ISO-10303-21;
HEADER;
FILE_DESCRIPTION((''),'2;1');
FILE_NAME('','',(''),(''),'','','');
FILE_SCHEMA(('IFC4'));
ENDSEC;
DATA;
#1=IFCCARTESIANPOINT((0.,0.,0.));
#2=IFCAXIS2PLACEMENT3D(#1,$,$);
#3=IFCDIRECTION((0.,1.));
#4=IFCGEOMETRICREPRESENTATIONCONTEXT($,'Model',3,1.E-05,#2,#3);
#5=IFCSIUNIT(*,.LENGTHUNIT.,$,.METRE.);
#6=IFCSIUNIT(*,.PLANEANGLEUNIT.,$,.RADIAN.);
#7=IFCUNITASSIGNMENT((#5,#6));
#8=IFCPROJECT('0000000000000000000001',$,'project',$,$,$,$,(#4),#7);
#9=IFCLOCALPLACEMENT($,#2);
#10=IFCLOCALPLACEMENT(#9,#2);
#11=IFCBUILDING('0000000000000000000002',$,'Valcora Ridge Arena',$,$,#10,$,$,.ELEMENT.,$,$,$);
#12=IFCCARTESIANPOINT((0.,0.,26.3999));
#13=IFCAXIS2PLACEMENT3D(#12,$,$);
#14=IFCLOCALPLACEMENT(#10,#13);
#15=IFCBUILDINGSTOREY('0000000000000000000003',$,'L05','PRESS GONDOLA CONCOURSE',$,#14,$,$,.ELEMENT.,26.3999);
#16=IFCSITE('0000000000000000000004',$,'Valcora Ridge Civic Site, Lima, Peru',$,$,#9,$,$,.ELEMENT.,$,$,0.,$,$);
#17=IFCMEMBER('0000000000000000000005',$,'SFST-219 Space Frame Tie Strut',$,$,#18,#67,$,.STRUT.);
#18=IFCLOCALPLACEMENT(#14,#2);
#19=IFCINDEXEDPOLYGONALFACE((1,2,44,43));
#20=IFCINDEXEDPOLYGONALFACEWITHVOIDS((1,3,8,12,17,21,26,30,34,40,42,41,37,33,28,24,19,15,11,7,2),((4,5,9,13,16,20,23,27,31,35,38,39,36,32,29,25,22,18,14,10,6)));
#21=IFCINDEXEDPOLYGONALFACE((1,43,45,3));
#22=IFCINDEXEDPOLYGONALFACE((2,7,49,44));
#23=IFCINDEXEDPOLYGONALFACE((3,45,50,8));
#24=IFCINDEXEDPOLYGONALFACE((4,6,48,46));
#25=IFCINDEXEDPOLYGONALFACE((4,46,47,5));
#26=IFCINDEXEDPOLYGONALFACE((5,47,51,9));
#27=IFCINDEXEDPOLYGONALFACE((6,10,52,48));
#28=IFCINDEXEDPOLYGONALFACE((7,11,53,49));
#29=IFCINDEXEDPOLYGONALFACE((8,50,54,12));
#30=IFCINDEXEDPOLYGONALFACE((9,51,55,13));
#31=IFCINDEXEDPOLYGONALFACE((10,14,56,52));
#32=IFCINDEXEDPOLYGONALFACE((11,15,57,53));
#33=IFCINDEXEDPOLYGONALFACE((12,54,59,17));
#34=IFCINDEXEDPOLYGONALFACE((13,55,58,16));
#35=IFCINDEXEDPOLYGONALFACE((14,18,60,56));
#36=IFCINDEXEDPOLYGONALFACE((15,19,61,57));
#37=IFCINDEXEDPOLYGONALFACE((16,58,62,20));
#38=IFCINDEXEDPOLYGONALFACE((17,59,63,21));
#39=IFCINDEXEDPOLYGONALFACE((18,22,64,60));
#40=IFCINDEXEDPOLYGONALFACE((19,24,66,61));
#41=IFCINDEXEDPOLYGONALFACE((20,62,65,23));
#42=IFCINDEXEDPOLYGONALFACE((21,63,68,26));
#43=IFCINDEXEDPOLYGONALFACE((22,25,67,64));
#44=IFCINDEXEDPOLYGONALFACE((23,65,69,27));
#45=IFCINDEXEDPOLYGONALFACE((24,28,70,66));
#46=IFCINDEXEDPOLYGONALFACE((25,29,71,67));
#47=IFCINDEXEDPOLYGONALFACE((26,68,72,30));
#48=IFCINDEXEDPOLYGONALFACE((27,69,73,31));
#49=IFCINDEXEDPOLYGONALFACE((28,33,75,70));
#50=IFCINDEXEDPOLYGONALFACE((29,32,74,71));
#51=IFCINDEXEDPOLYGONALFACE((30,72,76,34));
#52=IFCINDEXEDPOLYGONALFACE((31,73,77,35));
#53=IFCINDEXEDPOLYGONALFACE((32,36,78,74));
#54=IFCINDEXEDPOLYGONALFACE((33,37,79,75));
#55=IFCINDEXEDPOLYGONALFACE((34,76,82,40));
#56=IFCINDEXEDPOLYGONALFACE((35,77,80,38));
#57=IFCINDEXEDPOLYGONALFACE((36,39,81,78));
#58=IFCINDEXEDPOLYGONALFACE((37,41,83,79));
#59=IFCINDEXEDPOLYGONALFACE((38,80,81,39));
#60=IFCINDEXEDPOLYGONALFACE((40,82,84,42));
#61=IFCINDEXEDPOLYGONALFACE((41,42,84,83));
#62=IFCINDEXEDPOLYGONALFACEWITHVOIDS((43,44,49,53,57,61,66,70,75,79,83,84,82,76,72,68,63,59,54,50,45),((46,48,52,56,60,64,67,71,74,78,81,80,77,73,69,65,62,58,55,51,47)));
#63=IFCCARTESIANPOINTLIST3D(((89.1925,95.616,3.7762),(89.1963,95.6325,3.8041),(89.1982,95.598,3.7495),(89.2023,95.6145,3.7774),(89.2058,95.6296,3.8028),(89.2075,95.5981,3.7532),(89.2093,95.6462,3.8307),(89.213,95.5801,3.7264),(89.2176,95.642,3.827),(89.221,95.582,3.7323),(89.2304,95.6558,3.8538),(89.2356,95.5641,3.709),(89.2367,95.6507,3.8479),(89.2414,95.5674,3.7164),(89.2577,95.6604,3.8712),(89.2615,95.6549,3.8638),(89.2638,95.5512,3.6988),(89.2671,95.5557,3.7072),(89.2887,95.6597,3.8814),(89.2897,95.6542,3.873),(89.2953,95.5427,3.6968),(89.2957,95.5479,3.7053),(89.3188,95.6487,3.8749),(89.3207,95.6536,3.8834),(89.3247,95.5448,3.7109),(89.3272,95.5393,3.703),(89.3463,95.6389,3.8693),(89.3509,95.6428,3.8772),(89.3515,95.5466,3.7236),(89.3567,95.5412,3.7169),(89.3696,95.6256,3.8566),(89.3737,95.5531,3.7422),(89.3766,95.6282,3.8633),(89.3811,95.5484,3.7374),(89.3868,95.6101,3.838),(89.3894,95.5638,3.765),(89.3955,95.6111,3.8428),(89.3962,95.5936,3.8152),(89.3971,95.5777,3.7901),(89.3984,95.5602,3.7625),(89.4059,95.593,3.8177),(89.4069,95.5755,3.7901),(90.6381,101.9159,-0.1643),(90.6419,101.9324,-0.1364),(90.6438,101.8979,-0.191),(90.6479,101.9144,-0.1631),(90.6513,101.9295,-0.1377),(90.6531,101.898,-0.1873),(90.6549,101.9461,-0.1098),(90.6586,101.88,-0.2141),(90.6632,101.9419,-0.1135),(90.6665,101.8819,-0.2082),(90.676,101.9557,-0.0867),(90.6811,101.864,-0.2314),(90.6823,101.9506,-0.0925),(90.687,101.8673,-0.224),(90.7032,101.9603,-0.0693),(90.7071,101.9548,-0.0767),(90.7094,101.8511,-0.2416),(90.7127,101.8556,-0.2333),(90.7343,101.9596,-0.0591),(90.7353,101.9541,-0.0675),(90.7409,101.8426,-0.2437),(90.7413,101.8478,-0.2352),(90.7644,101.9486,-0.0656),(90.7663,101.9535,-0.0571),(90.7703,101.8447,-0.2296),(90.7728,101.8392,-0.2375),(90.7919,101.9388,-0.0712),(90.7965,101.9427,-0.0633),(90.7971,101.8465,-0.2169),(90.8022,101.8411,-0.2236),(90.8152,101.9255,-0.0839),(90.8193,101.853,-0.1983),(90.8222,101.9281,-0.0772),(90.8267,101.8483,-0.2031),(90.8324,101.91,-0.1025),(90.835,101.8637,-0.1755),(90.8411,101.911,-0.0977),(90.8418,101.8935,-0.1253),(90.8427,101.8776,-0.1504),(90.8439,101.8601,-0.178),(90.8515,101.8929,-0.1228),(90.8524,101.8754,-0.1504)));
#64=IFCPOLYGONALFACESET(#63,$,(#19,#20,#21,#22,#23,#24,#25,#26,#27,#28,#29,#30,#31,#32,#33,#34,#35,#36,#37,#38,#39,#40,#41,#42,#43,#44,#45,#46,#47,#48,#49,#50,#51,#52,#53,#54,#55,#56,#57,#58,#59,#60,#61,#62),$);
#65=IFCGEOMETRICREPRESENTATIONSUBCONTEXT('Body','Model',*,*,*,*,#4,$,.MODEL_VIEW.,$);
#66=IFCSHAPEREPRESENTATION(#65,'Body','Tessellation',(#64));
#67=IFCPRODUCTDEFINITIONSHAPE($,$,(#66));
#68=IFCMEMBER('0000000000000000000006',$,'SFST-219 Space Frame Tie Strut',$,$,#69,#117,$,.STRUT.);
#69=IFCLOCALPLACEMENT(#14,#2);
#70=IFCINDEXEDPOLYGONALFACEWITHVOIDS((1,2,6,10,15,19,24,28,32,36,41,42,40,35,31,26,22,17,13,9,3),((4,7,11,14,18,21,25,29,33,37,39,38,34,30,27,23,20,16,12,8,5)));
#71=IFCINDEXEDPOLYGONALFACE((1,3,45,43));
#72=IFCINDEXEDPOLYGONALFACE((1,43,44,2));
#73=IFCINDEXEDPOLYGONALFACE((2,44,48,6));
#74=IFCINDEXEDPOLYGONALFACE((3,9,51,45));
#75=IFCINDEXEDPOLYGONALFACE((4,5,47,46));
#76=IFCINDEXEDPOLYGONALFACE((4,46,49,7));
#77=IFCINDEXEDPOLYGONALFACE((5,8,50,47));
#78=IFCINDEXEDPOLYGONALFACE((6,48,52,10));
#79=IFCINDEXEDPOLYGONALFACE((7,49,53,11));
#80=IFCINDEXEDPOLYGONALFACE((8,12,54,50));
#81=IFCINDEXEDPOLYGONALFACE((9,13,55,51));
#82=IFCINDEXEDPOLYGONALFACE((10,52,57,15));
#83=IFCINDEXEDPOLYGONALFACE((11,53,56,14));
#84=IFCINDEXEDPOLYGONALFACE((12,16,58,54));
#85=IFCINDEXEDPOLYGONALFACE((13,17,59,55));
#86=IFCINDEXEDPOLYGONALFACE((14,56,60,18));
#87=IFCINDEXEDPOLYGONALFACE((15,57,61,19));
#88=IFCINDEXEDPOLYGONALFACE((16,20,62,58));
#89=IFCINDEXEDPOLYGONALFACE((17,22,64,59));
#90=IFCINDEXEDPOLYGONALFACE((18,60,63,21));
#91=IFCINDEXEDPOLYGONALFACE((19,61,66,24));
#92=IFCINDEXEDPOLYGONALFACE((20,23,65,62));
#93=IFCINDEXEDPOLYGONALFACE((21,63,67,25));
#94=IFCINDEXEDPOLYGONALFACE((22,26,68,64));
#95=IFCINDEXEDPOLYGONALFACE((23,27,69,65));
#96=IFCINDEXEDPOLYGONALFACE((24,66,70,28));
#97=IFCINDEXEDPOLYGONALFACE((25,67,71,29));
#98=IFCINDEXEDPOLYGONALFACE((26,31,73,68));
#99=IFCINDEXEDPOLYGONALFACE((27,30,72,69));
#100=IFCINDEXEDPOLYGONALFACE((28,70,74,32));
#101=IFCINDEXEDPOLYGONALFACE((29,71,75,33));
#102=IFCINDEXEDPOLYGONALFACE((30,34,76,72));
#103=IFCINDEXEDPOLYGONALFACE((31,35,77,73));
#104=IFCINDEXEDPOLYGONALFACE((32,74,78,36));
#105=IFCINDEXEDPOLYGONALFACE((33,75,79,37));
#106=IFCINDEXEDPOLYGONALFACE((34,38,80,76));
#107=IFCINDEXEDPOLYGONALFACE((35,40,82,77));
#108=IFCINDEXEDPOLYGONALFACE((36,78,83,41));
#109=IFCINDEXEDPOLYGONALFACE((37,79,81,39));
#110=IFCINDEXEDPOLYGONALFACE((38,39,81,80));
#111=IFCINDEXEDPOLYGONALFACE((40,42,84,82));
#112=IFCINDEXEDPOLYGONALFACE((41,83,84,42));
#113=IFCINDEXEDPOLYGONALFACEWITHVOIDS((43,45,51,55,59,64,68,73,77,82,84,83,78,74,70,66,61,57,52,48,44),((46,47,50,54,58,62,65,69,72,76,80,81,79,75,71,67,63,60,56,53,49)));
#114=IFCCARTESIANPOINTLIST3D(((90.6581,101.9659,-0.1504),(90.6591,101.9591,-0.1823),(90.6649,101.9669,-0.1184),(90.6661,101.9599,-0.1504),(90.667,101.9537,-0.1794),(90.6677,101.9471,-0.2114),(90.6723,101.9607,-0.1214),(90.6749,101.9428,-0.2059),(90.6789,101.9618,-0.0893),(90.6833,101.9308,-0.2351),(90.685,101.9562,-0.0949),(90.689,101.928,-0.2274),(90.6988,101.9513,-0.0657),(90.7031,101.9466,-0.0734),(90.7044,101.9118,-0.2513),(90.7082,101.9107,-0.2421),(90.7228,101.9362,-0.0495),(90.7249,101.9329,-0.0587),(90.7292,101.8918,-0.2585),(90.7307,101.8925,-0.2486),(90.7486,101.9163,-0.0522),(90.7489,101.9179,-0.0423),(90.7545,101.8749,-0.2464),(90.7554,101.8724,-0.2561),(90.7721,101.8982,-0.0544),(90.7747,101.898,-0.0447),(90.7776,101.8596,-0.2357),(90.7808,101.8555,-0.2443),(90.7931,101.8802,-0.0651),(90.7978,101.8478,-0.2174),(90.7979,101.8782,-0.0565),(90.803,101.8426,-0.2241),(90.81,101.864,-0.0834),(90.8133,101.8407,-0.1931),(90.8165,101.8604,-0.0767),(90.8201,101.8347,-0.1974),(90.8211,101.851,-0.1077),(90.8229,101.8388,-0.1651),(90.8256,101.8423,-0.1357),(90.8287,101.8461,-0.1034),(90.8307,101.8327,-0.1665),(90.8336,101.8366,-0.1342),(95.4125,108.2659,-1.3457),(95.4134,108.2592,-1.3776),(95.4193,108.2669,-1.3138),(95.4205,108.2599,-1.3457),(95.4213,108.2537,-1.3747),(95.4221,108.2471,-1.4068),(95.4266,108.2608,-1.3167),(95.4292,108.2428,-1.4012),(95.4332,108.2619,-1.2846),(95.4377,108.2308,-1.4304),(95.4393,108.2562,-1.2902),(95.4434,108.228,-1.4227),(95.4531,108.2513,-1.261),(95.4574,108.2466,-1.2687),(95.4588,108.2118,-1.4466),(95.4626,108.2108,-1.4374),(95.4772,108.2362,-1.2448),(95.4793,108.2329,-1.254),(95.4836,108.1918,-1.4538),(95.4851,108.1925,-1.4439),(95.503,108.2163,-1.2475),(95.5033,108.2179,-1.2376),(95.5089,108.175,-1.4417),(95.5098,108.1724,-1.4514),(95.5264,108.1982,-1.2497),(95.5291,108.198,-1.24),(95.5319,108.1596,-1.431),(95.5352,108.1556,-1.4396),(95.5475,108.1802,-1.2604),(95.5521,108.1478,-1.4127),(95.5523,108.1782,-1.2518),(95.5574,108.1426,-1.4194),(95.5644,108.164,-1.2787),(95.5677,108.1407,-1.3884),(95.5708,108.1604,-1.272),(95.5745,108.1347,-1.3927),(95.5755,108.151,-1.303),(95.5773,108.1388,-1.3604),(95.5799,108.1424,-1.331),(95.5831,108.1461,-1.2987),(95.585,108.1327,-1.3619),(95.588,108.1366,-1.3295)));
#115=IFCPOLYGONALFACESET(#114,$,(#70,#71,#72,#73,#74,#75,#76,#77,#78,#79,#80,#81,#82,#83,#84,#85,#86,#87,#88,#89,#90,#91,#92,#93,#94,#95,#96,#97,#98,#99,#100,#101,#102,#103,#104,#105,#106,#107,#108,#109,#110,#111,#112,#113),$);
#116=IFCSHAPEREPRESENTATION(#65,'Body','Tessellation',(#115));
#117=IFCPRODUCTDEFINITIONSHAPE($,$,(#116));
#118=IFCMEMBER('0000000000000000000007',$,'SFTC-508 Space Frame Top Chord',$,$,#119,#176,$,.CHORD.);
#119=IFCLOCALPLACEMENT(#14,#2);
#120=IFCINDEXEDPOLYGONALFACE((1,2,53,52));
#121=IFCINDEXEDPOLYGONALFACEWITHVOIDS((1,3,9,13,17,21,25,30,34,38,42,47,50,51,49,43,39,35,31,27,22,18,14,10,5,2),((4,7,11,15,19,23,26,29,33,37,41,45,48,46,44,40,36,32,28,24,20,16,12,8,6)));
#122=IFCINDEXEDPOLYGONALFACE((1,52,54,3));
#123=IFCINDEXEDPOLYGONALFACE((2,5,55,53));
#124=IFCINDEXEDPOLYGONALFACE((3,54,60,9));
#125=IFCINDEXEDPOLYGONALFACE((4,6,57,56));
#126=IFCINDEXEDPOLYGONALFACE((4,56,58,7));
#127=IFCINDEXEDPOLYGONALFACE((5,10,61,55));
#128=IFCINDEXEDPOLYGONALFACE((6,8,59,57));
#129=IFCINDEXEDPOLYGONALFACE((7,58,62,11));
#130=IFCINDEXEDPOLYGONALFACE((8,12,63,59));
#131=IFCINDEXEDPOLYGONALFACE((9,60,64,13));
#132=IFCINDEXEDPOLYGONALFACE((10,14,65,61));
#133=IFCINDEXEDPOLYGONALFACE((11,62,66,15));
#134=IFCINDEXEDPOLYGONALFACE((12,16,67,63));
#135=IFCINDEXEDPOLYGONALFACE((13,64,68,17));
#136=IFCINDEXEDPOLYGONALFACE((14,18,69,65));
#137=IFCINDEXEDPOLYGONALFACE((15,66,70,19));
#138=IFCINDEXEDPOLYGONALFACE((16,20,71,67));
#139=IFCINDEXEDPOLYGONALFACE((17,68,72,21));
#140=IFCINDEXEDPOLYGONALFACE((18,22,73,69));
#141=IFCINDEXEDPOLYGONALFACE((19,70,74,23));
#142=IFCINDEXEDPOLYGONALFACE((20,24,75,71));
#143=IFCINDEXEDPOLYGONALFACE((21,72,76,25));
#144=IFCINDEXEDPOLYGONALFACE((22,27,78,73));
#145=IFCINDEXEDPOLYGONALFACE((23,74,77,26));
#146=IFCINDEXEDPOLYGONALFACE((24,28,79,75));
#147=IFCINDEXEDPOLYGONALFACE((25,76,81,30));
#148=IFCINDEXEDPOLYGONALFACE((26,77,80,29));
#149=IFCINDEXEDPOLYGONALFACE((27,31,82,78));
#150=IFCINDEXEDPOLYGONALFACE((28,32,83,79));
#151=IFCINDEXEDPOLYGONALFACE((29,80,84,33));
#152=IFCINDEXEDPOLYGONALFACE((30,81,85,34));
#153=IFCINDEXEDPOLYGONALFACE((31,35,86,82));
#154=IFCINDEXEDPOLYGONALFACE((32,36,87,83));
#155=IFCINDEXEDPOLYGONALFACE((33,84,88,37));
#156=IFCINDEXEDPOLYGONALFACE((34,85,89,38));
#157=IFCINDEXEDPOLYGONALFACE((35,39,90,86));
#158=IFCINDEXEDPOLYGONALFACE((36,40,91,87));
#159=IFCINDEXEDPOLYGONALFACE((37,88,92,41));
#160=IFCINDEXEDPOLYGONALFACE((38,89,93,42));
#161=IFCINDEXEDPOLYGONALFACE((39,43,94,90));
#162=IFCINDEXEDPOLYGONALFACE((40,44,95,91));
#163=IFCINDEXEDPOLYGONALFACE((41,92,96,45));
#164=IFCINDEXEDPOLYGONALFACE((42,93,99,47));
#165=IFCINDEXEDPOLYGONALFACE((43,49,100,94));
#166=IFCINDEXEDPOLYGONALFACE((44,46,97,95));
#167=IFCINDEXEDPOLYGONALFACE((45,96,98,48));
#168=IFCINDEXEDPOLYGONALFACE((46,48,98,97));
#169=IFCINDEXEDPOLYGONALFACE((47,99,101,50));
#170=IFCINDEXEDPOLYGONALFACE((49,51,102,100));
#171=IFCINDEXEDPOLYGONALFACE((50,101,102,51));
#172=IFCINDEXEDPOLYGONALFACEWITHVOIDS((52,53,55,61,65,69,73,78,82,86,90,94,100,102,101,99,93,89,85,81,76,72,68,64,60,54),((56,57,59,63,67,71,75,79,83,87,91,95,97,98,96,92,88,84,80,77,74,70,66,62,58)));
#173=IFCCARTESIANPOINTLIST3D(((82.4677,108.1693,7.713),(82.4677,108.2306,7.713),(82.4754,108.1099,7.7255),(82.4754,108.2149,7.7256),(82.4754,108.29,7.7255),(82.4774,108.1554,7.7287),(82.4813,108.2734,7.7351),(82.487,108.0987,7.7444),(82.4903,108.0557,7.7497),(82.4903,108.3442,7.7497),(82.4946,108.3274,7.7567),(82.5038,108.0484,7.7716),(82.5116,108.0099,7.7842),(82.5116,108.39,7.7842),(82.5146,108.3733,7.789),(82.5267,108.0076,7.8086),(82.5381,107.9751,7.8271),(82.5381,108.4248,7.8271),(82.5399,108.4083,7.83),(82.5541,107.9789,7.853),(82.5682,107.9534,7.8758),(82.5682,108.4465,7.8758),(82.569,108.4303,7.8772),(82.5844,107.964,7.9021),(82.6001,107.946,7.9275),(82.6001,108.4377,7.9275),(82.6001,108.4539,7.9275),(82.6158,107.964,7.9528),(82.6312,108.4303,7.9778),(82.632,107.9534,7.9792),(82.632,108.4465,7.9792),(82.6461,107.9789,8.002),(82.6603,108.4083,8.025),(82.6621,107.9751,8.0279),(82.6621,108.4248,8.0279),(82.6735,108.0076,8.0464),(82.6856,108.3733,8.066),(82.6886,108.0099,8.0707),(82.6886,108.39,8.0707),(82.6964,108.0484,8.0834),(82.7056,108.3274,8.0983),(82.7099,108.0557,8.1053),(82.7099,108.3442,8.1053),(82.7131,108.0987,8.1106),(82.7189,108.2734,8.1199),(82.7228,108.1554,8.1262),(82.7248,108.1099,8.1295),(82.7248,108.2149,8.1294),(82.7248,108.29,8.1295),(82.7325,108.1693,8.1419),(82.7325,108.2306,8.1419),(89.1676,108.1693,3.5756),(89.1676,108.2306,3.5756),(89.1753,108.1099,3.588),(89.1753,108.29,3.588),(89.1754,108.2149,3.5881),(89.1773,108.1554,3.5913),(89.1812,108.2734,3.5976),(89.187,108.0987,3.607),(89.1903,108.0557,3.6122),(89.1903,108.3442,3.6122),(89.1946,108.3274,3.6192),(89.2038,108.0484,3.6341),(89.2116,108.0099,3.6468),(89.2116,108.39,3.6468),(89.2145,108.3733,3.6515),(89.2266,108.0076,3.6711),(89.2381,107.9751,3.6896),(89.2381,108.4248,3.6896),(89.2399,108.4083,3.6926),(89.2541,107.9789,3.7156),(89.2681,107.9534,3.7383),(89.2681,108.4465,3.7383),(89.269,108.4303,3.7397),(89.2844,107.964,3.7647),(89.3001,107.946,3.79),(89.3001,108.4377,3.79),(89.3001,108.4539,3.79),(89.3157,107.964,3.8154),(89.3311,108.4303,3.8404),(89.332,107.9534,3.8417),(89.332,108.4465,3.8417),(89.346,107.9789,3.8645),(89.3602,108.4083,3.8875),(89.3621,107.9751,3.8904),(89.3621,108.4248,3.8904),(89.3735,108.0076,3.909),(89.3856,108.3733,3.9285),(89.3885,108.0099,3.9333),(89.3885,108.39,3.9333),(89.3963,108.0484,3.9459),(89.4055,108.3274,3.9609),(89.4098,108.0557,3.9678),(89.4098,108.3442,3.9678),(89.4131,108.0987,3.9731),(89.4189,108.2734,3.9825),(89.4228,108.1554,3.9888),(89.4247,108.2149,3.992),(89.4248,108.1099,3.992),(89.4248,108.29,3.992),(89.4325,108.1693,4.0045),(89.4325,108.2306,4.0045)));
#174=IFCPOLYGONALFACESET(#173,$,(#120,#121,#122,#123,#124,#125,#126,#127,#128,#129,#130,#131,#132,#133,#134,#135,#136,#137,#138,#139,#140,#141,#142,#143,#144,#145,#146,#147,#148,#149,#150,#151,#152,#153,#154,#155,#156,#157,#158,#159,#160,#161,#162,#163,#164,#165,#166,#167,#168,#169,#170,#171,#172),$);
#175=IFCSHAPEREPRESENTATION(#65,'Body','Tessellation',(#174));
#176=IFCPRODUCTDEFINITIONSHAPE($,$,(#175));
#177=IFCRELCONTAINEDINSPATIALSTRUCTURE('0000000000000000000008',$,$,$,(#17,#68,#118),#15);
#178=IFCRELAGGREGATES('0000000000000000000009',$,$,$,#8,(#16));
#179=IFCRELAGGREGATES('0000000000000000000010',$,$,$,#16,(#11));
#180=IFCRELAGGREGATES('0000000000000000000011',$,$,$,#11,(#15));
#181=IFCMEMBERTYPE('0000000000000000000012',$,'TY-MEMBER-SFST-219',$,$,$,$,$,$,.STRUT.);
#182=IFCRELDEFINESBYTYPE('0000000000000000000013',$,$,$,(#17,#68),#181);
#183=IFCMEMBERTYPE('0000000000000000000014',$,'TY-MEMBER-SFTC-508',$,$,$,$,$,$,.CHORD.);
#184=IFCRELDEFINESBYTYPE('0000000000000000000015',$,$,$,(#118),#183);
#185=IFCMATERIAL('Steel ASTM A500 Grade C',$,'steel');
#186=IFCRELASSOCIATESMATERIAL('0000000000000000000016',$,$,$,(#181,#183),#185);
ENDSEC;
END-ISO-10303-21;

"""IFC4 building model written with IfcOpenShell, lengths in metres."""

from ifc_helpers import new_model, si_unit, direction, frame, origin, origin_2d, place, context, subcontext, project, spatial, hollow_circle, extrude, material, material_profile, profile_set, type_object, element, save


model = new_model("IFC4")

# Units and contexts
model_context = context("Model", 3, precision=1e-05, world=origin(), true_north=direction((0.0, 1.0)))
body_context = subcontext(model_context, "Body", "Model", "MODEL_VIEW")
ifc_project = project(units=[si_unit("LENGTHUNIT", "METRE"), si_unit("PLANEANGLEUNIT", "RADIAN")], contexts=[model_context])

# Site, building, storey
site_placement = place(None, origin())
site = spatial("IfcSite", under=ifc_project, at=site_placement, Name="Valcora Ridge Civic Site, Lima, Peru", CompositionType="ELEMENT", RefElevation=0.0)
building_placement = place(site_placement, origin())
building = spatial("IfcBuilding", under=site, at=building_placement, Name="Valcora Ridge Arena", CompositionType="ELEMENT")
storey_placement = place(building_placement, frame((0.0, 0.0, 26.3999)))
storey = spatial("IfcBuildingStorey", under=building, at=storey_placement, Name="L05", Description="PRESS GONDOLA CONCOURSE", CompositionType="ELEMENT", Elevation=26.3999)

# Members
ifc_material_1 = material(Name="Steel ASTM A500 Grade C", Category="steel")
ifc_material_profile_1 = material_profile(ifc_material_1, hollow_circle(Radius=0.1096, WallThickness=0.01, at=origin_2d()), Name="CHS219X10")
ifc_profile_set_1 = profile_set([ifc_material_profile_1], Name="Steel ASTM A500 Grade C")
member_type_1 = type_object("IfcMemberType", Name="TY-MEMBER-SFST-219", PredefinedType="STRUT", material=ifc_profile_set_1)
member_1_placement = place(storey_placement, frame((90.7456, 101.8999, -0.1504), z_axis=(-0.19096, -0.832212, 0.520536), x_axis=(0.97467, -0.223648, 0.0)))
element("IfcMember", 1, at=member_1_placement, inside=storey, type_object=member_type_1, Name="SFST-219 Space Frame Tie Strut", PredefinedType="STRUT", context=body_context, shape_type="SweptSolid", body=[
    extrude(hollow_circle(Radius=0.1096, WallThickness=0.01, at=origin_2d()), origin(), (0.0, 0.0, 1.0), 7.5701),
])
member_2_placement = place(storey_placement, frame((90.7456, 101.8999, -0.1504), z_axis=(0.595587, 0.789212, -0.149738), x_axis=(-0.798211, 0.602378, 0.0)))
element("IfcMember", 2, at=member_2_placement, inside=storey, type_object=member_type_1, Name="SFST-219 Space Frame Tie Strut", PredefinedType="STRUT", context=body_context, shape_type="SweptSolid", body=[
    extrude(hollow_circle(Radius=0.1096, WallThickness=0.01, at=origin_2d()), origin(), (0.0, 0.0, 1.0), 7.9827),
])
ifc_material_profile_2 = material_profile(ifc_material_1, hollow_circle(Radius=0.2539, WallThickness=0.0161, at=origin_2d()), Name="CHS508X16")
ifc_profile_set_2 = profile_set([ifc_material_profile_2], Name="Steel ASTM A500 Grade C")
member_type_2 = type_object("IfcMemberType", Name="TY-MEMBER-SFTC-508", PredefinedType="CHORD", material=ifc_profile_set_2)
member_3_placement = place(storey_placement, frame((82.6001, 108.2, 7.9275), z_axis=(0.850841, 0.0, -0.525424), x_axis=(0.0, 1.0, 0.0)))
element("IfcMember", 3, at=member_3_placement, inside=storey, type_object=member_type_2, Name="SFTC-508 Space Frame Top Chord", PredefinedType="CHORD", context=body_context, shape_type="SweptSolid", body=[
    extrude(hollow_circle(Radius=0.2539, WallThickness=0.0161, at=origin_2d()), origin(), (0.0, 0.0, 1.0), 7.8745),
])

save(model, "model.ifc")
